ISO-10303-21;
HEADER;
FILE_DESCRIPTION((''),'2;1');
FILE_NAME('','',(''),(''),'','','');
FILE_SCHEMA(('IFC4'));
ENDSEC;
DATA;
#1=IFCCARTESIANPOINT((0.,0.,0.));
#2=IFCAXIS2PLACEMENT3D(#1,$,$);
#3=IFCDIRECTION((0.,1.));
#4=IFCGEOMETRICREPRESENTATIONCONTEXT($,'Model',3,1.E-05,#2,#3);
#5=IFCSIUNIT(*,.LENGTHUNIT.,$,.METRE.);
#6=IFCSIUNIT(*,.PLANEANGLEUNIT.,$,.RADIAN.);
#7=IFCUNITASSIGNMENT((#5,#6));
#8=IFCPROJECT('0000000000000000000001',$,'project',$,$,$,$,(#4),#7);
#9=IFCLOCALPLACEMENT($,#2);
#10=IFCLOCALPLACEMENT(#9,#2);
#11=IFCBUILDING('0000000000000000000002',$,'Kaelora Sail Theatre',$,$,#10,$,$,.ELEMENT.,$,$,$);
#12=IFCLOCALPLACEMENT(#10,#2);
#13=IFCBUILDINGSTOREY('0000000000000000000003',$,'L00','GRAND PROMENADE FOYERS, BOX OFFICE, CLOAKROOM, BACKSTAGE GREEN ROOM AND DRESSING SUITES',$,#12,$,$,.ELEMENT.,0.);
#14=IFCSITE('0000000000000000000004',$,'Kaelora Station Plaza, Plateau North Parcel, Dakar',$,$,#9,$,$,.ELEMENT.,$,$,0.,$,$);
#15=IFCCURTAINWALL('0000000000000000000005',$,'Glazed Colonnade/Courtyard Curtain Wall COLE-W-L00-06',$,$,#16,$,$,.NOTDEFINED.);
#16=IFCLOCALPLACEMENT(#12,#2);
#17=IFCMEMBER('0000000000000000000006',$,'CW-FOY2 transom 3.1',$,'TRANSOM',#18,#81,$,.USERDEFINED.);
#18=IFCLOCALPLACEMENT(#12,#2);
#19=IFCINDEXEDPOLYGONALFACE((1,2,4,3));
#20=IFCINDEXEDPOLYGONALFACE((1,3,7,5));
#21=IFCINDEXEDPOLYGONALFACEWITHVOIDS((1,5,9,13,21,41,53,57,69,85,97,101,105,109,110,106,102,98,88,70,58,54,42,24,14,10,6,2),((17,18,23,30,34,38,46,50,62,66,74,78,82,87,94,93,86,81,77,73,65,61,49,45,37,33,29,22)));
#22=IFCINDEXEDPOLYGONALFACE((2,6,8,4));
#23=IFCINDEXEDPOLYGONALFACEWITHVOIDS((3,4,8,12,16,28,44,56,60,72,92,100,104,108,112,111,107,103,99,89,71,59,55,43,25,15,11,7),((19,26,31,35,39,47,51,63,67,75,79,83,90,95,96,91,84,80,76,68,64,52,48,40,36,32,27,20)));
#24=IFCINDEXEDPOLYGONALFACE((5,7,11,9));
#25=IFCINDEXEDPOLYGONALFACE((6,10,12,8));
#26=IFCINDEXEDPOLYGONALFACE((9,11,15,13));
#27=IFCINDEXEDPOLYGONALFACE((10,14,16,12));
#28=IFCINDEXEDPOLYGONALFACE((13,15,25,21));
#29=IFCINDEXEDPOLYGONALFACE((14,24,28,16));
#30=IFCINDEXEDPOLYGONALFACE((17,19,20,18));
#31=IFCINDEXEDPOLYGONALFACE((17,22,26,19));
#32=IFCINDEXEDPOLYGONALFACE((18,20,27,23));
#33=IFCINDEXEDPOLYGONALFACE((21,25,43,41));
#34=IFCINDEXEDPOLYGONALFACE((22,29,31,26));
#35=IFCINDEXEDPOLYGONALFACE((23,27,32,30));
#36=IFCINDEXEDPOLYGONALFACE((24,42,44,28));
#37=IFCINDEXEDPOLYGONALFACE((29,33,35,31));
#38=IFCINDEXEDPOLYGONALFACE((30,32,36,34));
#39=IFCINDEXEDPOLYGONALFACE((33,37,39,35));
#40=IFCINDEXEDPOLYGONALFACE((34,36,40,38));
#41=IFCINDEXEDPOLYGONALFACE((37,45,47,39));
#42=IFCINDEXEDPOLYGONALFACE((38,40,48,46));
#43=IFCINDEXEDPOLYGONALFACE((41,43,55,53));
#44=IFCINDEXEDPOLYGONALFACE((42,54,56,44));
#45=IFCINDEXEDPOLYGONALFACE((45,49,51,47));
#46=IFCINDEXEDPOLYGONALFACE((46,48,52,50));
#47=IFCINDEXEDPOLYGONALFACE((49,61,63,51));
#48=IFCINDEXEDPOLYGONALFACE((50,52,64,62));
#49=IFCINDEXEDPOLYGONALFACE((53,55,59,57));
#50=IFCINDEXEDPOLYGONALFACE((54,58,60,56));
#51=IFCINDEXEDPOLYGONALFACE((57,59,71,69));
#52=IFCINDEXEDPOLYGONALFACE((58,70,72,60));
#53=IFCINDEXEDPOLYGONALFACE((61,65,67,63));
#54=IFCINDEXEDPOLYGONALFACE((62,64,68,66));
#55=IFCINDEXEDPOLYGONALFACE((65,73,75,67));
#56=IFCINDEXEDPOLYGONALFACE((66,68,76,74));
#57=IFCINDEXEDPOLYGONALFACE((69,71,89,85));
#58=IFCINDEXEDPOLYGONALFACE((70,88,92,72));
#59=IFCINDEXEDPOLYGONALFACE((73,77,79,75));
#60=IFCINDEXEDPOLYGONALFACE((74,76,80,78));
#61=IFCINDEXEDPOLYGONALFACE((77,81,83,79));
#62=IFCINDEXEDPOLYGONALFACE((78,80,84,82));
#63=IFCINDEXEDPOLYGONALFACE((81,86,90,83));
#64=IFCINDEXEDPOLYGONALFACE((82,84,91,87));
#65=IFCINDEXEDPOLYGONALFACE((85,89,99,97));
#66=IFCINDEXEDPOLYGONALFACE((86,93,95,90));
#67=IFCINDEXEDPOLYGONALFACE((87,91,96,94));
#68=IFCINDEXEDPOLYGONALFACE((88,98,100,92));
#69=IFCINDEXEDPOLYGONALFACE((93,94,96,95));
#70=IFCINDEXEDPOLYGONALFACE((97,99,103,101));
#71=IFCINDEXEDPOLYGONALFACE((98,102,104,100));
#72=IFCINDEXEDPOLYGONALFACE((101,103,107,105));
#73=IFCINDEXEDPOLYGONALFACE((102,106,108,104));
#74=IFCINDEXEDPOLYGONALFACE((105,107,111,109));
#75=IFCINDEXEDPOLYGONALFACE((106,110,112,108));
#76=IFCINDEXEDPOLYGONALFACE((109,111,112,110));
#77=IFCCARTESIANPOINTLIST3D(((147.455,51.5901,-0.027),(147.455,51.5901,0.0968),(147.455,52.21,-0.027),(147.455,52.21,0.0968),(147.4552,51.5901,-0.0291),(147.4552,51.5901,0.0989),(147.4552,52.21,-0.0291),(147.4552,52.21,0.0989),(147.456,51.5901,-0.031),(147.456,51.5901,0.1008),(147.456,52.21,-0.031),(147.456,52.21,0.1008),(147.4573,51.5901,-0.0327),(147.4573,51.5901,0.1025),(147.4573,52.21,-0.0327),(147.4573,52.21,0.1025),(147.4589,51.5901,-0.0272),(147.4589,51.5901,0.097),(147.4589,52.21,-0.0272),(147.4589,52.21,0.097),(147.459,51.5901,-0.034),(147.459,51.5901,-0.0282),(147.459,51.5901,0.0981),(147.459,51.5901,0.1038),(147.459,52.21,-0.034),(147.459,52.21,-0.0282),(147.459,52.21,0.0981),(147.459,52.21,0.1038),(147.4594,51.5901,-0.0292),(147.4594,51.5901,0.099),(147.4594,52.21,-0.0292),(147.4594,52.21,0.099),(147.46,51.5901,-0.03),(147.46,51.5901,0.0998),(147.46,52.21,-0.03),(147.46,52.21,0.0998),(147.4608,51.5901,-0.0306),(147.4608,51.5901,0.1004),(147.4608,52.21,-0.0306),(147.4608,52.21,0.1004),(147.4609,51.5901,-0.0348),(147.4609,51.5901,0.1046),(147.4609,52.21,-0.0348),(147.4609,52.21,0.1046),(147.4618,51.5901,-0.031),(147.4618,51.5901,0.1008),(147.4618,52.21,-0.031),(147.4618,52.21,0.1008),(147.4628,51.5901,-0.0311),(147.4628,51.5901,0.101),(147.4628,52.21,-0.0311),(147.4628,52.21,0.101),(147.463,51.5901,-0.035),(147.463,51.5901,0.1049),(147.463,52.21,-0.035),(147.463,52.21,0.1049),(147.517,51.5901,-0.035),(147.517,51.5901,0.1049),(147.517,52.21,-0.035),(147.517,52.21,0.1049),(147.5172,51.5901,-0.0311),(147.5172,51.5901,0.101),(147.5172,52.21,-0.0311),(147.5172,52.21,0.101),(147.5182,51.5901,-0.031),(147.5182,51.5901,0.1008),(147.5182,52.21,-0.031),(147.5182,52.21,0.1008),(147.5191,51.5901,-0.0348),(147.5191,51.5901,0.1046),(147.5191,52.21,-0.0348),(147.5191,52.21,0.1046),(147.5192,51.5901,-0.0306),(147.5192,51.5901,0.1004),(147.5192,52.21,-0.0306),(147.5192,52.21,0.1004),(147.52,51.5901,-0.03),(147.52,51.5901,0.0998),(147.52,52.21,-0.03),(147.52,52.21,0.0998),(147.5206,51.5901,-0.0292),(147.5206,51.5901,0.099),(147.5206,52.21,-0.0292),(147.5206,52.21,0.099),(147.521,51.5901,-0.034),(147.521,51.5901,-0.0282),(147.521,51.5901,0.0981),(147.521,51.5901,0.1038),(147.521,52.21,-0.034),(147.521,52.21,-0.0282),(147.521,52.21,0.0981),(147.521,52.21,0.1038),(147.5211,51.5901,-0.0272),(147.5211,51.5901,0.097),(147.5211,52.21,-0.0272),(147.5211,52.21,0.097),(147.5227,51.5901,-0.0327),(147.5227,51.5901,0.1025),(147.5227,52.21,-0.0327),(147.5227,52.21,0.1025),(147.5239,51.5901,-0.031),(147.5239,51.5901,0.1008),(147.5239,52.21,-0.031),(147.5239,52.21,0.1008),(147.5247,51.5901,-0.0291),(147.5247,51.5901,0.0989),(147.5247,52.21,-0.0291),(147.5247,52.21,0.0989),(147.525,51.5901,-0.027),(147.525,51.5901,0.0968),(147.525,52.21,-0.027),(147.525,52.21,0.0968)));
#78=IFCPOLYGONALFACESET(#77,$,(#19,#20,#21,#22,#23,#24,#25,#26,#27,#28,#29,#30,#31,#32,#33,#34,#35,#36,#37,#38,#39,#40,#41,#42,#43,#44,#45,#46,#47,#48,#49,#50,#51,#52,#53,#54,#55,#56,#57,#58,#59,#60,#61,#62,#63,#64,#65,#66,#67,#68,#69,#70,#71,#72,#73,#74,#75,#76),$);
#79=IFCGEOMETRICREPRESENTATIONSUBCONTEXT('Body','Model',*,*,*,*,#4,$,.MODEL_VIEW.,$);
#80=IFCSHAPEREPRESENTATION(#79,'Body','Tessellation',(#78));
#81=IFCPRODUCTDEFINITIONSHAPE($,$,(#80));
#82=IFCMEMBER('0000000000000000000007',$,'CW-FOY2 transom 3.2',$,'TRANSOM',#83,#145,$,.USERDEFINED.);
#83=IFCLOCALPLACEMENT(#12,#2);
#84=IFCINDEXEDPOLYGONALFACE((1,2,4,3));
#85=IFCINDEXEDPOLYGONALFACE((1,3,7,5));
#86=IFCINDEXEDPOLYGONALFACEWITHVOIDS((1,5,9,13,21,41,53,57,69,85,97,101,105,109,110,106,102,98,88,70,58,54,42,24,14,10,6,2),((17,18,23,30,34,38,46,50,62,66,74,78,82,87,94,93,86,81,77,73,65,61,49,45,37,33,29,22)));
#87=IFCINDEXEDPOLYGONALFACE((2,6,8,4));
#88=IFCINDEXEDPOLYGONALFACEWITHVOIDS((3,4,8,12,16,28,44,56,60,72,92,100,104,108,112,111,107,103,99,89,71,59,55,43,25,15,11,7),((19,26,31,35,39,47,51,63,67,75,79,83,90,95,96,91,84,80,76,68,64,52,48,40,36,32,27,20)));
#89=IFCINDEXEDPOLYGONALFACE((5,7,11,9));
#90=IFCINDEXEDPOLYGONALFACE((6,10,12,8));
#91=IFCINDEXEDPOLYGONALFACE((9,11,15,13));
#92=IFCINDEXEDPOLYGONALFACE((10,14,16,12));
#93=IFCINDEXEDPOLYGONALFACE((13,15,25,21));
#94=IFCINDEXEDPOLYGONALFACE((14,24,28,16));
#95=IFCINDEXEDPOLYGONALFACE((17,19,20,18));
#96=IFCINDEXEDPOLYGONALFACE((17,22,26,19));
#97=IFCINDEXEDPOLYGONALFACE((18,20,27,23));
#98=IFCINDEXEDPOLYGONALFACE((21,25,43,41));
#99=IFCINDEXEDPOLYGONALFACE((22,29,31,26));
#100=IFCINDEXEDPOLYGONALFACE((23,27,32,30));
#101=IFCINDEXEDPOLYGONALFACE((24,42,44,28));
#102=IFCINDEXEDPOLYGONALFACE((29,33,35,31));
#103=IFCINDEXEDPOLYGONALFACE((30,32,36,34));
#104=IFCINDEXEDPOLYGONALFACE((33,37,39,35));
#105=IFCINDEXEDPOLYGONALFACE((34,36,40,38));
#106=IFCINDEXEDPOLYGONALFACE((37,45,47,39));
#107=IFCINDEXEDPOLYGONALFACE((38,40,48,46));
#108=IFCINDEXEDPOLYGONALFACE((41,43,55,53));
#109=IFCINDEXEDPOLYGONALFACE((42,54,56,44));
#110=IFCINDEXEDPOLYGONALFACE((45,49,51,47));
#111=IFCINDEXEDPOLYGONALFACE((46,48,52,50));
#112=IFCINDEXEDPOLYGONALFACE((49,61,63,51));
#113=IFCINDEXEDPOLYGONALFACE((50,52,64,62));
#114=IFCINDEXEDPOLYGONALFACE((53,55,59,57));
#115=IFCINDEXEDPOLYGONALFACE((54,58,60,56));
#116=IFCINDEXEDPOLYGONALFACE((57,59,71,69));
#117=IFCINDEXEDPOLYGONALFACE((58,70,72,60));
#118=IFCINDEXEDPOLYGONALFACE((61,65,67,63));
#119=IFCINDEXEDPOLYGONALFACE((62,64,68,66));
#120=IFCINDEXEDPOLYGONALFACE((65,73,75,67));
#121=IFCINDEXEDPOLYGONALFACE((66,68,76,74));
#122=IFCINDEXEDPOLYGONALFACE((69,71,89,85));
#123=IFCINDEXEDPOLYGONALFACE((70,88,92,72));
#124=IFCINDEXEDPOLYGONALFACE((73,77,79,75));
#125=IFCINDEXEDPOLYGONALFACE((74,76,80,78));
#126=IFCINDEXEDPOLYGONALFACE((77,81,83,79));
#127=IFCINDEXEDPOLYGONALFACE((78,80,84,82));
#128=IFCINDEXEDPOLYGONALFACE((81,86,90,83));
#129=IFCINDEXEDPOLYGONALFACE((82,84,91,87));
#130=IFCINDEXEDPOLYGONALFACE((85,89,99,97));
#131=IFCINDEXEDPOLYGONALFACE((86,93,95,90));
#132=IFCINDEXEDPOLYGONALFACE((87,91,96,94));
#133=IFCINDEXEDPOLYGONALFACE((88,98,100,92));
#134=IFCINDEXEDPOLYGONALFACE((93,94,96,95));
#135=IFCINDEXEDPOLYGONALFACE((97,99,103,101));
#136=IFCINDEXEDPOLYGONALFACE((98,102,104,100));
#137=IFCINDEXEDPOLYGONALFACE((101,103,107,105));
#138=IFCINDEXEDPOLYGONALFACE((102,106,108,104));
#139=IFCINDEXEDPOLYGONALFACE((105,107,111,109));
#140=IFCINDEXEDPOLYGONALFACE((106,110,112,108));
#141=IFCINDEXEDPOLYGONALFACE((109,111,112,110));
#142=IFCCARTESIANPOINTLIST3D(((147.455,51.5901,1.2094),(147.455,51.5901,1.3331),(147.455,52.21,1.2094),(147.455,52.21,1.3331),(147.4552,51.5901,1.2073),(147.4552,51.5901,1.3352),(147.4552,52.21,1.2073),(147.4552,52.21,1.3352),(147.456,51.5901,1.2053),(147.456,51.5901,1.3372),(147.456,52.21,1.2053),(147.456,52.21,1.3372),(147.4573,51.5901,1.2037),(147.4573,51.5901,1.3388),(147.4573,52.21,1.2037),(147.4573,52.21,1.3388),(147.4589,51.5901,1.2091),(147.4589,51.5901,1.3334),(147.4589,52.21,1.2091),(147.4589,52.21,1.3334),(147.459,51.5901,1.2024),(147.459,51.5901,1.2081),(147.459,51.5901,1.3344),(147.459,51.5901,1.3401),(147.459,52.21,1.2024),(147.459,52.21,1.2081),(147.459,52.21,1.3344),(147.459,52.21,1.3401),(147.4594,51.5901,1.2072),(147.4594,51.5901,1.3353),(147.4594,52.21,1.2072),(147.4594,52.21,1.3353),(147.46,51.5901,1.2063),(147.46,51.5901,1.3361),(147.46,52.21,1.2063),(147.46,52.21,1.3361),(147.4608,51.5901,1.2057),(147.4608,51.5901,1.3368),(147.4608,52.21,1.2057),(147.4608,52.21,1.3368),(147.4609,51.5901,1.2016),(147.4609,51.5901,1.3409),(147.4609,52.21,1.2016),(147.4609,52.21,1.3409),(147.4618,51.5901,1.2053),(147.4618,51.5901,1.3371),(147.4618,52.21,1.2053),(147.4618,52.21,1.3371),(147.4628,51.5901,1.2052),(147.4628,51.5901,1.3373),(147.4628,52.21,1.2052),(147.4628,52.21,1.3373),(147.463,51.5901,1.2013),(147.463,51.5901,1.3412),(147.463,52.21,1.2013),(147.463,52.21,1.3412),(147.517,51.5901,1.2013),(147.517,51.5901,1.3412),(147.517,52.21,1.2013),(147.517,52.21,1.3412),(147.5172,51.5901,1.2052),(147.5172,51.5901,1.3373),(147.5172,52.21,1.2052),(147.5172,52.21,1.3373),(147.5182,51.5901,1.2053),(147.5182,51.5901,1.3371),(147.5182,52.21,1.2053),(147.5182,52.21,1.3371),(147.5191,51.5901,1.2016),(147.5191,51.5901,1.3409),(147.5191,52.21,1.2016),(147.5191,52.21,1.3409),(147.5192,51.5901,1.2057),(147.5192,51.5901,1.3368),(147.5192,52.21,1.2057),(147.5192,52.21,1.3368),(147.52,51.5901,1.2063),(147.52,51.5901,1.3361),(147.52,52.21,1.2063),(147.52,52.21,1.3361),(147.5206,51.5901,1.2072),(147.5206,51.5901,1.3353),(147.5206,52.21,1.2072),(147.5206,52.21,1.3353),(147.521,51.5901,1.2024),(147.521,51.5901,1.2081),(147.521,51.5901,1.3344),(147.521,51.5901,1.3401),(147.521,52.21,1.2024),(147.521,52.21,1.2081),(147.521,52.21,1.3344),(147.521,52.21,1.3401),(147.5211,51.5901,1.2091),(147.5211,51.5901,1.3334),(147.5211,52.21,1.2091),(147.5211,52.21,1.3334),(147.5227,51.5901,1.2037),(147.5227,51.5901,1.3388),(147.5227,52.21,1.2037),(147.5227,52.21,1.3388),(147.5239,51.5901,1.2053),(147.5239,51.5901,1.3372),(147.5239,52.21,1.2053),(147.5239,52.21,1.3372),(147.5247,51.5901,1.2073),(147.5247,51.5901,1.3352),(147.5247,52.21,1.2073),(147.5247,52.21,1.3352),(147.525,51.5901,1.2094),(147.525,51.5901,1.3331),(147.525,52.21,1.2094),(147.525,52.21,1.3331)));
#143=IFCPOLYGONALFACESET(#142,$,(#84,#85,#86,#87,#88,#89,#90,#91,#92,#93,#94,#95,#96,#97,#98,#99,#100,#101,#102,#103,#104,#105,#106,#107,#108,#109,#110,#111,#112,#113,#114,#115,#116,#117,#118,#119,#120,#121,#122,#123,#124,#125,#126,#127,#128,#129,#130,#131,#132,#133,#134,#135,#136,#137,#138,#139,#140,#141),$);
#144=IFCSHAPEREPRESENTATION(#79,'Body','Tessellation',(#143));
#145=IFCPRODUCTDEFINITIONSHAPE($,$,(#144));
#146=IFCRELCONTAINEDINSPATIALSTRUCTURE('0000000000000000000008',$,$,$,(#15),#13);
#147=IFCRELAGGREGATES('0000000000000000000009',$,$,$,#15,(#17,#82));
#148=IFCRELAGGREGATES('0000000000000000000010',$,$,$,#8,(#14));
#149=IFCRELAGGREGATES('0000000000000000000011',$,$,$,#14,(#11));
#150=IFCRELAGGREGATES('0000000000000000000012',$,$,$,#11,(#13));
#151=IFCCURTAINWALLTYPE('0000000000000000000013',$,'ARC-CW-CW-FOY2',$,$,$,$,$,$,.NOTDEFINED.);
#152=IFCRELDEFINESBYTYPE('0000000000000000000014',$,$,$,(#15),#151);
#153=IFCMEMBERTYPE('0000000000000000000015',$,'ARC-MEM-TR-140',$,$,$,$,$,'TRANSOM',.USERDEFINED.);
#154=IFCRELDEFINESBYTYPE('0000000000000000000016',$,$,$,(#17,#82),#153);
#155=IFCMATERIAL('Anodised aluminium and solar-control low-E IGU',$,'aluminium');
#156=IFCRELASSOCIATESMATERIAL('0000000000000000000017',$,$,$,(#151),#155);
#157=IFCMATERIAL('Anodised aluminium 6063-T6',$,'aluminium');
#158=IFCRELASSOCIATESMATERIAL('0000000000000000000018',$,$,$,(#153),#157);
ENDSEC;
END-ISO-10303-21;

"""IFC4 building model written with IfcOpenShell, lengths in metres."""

from ifc_helpers import new_model, si_unit, direction, frame, origin, origin_2d, place, context, subcontext, project, spatial, hollow_rectangle, extrude, material, material_profile, profile_set, type_object, element, aggregate, save


model = new_model("IFC4")

# Units and contexts
model_context = context("Model", 3, precision=1e-05, world=origin(), true_north=direction((0.0, 1.0)))
body_context = subcontext(model_context, "Body", "Model", "MODEL_VIEW")
ifc_project = project(units=[si_unit("LENGTHUNIT", "METRE"), si_unit("PLANEANGLEUNIT", "RADIAN")], contexts=[model_context])

# Site, building, storey
site_placement = place(None, origin())
site = spatial("IfcSite", under=ifc_project, at=site_placement, Name="Kaelora Station Plaza, Plateau North Parcel, Dakar", CompositionType="ELEMENT", RefElevation=0.0)
building_placement = place(site_placement, origin())
building = spatial("IfcBuilding", under=site, at=building_placement, Name="Kaelora Sail Theatre", CompositionType="ELEMENT")
storey_placement = place(building_placement, origin())
storey = spatial("IfcBuildingStorey", under=building, at=storey_placement, Name="L00", Description="GRAND PROMENADE FOYERS, BOX OFFICE, CLOAKROOM, BACKSTAGE GREEN ROOM AND DRESSING SUITES", CompositionType="ELEMENT", Elevation=0.0)

# Curtain wall, members
ifc_material_1 = material(Name="Anodised aluminium and solar-control low-E IGU", Category="aluminium")
curtain_wall_type = type_object("IfcCurtainWallType", Name="ARC-CW-CW-FOY2", PredefinedType="NOTDEFINED", material=ifc_material_1)
curtain_wall_placement = place(storey_placement, origin())
curtain_wall = element("IfcCurtainWall", 1, at=curtain_wall_placement, inside=storey, type_object=curtain_wall_type, Name="Glazed Colonnade/Courtyard Curtain Wall COLE-W-L00-06", PredefinedType="NOTDEFINED")
ifc_material_2 = material(Name="Anodised aluminium 6063-T6", Category="aluminium")
ifc_material_profile_1 = material_profile(ifc_material_2, hollow_rectangle(XDim=0.0701, YDim=0.1399, WallThickness=0.0039, InnerFilletRadius=0.0039, OuterFilletRadius=0.0081, at=origin_2d()), Name="ALU-TRAN 70x140x4")
ifc_profile_set_1 = profile_set([ifc_material_profile_1], Name="Anodised aluminium 6063-T6")
member_type_1 = type_object("IfcMemberType", Name="ARC-MEM-TR-140", ElementType="TRANSOM", PredefinedType="USERDEFINED", material=ifc_profile_set_1)
member_1_placement = place(storey_placement, frame((147.49, 51.5901, 0.0349), z_axis=(0.0, 1.0, 0.0), x_axis=(-1.0, 0.0, 0.0)))
member_1 = element("IfcMember", 2, at=member_1_placement, type_object=member_type_1, Name="CW-FOY2 transom 3.1", ObjectType="TRANSOM", PredefinedType="USERDEFINED", context=body_context, shape_type="SweptSolid", body=[
    extrude(hollow_rectangle(XDim=0.0701, YDim=0.1399, WallThickness=0.0039, InnerFilletRadius=0.0039, OuterFilletRadius=0.0081, at=origin_2d()), origin(), (0.0, 0.0, 1.0), 0.6199),
])
member_2_placement = place(storey_placement, frame((147.49, 51.5901, 1.2712), z_axis=(0.0, 1.0, 0.0), x_axis=(-1.0, 0.0, 0.0)))
member_2 = element("IfcMember", 3, at=member_2_placement, type_object=member_type_1, Name="CW-FOY2 transom 3.2", ObjectType="TRANSOM", PredefinedType="USERDEFINED", context=body_context, shape_type="SweptSolid", body=[
    extrude(hollow_rectangle(XDim=0.0701, YDim=0.1399, WallThickness=0.0039, InnerFilletRadius=0.0039, OuterFilletRadius=0.0081, at=origin_2d()), origin(), (0.0, 0.0, 1.0), 0.6199),
])
aggregate(curtain_wall, [member_1, member_2])

save(model, "model.ifc")
